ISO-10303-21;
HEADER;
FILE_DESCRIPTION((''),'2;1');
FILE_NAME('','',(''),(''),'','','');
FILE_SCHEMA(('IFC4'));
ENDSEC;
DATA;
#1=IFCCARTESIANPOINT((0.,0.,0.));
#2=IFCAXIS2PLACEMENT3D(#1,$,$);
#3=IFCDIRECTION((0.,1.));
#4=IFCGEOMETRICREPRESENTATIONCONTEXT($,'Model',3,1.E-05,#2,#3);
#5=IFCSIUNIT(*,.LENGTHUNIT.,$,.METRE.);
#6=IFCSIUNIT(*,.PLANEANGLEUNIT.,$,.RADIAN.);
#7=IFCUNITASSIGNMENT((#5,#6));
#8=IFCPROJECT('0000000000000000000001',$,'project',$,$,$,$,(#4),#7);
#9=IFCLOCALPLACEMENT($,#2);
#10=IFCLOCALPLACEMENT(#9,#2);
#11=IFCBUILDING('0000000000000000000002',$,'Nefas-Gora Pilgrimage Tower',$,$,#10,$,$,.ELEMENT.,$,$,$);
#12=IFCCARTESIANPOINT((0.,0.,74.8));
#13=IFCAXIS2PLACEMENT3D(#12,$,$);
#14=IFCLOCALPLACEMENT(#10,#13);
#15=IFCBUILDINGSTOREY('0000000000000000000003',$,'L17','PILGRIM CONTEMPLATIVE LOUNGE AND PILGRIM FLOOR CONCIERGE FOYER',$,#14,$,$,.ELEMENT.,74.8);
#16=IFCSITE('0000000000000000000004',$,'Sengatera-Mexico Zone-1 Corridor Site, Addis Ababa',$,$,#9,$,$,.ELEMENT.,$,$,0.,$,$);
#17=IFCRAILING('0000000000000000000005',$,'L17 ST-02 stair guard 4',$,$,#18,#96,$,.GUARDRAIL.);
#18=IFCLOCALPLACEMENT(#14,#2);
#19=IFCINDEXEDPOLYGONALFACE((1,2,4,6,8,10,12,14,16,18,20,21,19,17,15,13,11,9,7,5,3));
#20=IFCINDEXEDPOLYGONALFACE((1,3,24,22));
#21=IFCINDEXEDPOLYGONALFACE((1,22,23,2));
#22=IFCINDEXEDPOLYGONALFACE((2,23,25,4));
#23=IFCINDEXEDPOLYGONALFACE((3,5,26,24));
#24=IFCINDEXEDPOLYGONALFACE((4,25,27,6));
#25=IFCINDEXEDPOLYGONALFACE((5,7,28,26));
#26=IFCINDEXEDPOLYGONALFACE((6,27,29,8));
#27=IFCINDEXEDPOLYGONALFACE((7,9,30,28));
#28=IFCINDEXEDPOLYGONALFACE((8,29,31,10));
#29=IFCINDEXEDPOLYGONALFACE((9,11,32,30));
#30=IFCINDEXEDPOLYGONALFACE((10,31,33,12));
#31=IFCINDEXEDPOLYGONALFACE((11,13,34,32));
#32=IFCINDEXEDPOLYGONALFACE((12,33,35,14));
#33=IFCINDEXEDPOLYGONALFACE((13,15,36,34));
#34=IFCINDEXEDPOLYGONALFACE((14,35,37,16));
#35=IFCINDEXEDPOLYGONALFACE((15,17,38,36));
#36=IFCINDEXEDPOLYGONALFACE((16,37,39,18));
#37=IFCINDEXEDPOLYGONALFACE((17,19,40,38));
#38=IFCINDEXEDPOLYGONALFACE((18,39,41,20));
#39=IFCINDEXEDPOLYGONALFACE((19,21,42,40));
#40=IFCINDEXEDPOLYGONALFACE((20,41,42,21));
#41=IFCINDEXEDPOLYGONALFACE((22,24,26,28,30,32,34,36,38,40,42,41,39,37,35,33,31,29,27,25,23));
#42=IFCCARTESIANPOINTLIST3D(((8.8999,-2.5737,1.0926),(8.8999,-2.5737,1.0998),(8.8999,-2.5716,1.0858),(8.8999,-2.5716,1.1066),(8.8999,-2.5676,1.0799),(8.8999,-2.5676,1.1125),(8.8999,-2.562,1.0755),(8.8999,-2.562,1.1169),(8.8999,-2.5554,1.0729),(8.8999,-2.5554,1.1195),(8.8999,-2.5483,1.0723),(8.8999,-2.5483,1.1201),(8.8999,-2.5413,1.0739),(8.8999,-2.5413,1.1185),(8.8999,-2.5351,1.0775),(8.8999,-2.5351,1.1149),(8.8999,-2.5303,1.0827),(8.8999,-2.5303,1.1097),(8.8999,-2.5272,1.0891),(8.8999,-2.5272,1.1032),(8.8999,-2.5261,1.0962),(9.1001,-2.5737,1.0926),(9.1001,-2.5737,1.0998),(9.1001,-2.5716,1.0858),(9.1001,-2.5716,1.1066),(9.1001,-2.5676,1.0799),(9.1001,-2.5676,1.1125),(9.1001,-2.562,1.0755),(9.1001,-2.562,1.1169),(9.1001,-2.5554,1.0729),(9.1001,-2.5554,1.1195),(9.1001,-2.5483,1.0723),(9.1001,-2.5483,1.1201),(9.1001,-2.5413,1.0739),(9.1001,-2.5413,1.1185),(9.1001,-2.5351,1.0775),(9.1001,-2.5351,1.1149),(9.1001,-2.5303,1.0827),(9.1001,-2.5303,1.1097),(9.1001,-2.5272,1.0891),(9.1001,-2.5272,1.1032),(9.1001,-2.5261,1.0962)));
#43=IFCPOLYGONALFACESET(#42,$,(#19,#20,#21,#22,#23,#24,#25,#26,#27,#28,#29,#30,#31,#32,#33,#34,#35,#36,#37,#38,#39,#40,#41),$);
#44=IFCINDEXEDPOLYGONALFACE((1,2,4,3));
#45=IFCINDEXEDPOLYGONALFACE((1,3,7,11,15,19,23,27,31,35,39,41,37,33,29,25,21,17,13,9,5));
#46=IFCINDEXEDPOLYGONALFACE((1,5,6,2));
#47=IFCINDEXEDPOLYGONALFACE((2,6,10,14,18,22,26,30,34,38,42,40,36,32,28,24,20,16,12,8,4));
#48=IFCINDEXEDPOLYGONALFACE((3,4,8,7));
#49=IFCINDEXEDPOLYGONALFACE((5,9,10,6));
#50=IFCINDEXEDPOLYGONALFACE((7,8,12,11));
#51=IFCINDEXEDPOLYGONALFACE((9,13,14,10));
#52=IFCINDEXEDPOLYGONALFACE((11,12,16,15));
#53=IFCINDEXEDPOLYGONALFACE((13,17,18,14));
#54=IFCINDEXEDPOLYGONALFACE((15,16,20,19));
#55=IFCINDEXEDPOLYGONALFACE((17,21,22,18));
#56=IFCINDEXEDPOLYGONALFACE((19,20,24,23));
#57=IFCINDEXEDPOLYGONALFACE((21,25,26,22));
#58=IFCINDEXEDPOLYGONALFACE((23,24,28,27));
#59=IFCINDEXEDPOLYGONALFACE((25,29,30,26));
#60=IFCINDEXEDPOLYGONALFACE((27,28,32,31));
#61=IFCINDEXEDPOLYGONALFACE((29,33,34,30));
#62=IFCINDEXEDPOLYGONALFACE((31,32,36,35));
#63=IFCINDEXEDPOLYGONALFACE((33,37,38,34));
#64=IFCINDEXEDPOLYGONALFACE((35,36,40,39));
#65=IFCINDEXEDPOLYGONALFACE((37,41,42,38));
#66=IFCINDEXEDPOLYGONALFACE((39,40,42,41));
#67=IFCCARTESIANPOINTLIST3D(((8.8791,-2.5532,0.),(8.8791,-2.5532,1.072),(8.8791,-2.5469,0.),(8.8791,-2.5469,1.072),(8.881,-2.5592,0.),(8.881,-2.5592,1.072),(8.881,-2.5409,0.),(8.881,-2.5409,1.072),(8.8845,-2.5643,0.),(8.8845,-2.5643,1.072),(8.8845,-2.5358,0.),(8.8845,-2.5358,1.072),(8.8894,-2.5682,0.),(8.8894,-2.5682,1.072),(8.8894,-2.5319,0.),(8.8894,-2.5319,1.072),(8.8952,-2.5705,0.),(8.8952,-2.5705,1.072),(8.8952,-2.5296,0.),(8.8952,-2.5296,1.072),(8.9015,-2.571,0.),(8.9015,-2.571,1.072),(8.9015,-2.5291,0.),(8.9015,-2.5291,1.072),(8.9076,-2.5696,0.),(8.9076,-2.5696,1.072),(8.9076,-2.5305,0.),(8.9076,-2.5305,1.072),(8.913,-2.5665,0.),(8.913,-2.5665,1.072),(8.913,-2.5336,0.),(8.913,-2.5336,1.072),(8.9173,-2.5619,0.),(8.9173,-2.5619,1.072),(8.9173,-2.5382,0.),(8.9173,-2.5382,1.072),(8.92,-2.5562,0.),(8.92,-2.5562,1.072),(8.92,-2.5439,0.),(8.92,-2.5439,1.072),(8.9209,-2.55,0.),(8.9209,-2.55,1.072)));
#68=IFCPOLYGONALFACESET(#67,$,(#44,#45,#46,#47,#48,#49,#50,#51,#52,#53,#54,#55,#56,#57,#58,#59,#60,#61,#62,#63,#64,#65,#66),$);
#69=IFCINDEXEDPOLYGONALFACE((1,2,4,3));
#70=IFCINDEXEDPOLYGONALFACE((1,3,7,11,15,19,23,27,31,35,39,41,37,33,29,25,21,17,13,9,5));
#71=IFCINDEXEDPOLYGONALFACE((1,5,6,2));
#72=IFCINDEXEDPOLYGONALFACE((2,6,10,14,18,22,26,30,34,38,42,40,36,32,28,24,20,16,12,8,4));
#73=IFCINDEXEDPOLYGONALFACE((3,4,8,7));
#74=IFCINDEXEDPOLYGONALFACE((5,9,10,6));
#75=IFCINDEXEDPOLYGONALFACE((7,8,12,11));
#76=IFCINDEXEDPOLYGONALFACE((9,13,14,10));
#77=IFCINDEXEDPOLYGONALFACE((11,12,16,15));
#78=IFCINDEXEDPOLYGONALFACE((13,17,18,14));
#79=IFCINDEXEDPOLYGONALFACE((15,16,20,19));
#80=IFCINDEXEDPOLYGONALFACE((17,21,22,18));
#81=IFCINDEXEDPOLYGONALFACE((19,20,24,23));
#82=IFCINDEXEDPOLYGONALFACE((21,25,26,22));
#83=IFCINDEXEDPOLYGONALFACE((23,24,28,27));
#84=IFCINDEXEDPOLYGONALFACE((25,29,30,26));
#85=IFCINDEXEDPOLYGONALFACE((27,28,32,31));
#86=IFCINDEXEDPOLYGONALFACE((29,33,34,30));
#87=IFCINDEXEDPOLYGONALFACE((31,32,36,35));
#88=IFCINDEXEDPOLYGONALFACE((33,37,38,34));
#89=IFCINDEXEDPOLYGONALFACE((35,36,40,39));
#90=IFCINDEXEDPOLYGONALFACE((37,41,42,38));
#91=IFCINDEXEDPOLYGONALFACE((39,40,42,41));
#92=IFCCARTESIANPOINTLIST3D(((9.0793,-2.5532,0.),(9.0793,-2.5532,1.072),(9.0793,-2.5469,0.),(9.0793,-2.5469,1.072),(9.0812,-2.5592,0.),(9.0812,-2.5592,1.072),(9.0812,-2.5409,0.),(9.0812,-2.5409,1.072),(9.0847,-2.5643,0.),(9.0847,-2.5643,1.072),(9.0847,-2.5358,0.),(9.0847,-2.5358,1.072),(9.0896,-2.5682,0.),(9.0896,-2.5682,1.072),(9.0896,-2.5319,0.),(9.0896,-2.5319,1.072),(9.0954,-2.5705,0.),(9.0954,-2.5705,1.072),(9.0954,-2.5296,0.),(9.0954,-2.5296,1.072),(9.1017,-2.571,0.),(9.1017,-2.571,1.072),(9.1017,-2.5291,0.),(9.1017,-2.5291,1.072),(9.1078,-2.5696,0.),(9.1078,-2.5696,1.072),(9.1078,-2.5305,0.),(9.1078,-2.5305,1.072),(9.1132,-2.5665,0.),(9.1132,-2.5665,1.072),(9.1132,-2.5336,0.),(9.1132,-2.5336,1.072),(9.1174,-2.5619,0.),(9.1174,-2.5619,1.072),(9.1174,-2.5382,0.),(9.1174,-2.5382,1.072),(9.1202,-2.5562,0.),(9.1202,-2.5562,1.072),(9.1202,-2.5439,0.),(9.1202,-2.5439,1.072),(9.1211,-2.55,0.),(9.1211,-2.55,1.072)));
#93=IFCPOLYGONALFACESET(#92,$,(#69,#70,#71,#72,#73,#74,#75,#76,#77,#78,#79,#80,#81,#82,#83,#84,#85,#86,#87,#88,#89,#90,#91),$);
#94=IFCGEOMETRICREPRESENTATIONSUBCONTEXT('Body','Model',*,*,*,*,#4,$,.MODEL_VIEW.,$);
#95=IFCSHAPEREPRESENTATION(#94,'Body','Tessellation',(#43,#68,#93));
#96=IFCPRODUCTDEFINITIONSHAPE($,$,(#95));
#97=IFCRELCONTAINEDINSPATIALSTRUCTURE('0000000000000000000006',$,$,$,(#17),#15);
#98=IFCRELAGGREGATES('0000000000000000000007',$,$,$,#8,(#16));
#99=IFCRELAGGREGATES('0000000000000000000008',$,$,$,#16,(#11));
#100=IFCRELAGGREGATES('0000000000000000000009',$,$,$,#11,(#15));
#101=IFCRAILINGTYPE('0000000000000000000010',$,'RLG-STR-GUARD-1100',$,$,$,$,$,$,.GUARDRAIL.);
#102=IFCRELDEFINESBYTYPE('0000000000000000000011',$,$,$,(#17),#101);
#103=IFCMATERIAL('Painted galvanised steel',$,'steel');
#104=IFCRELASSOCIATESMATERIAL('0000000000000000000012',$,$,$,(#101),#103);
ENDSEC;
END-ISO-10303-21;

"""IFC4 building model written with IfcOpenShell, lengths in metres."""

from ifc_helpers import new_model, si_unit, direction, frame, origin, origin_2d, place, context, subcontext, project, spatial, circle, extrude, material, type_object, element, save


model = new_model("IFC4")

# Units and contexts
model_context = context("Model", 3, precision=1e-05, world=origin(), true_north=direction((0.0, 1.0)))
body_context = subcontext(model_context, "Body", "Model", "MODEL_VIEW")
ifc_project = project(units=[si_unit("LENGTHUNIT", "METRE"), si_unit("PLANEANGLEUNIT", "RADIAN")], contexts=[model_context])

# Site, building, storey
site_placement = place(None, origin())
site = spatial("IfcSite", under=ifc_project, at=site_placement, Name="Sengatera-Mexico Zone-1 Corridor Site, Addis Ababa", CompositionType="ELEMENT", RefElevation=0.0)
building_placement = place(site_placement, origin())
building = spatial("IfcBuilding", under=site, at=building_placement, Name="Nefas-Gora Pilgrimage Tower", CompositionType="ELEMENT")
storey_placement = place(building_placement, frame((0.0, 0.0, 74.8)))
storey = spatial("IfcBuildingStorey", under=building, at=storey_placement, Name="L17", Description="PILGRIM CONTEMPLATIVE LOUNGE AND PILGRIM FLOOR CONCIERGE FOYER", CompositionType="ELEMENT", Elevation=74.8)

# Railing
ifc_material_1 = material(Name="Painted galvanised steel", Category="steel")
railing_type_1 = type_object("IfcRailingType", Name="RLG-STR-GUARD-1100", PredefinedType="GUARDRAIL", material=ifc_material_1)
railing_1_placement = place(storey_placement, frame((8.8999, -2.55, 0.0)))
element("IfcRailing", 1, at=railing_1_placement, inside=storey, type_object=railing_type_1, Name="L17 ST-02 stair guard 4", PredefinedType="GUARDRAIL", context=body_context, shape_type="SweptSolid", body=[
    extrude(circle(Radius=0.0239, at=origin_2d()), frame((0.0, 0.0, 1.0962), z_axis=(1.0, 0.0, 0.0), x_axis=(0.0, 1.0, 0.0)), (0.0, 0.0, 1.0), 0.2002),
    extrude(circle(Radius=0.021, at=origin_2d()), origin(), (0.0, 0.0, 1.0), 1.072),
    extrude(circle(Radius=0.021, at=origin_2d()), frame((0.2002, 0.0, 0.0)), (0.0, 0.0, 1.0), 1.072),
])

save(model, "model.ifc")
